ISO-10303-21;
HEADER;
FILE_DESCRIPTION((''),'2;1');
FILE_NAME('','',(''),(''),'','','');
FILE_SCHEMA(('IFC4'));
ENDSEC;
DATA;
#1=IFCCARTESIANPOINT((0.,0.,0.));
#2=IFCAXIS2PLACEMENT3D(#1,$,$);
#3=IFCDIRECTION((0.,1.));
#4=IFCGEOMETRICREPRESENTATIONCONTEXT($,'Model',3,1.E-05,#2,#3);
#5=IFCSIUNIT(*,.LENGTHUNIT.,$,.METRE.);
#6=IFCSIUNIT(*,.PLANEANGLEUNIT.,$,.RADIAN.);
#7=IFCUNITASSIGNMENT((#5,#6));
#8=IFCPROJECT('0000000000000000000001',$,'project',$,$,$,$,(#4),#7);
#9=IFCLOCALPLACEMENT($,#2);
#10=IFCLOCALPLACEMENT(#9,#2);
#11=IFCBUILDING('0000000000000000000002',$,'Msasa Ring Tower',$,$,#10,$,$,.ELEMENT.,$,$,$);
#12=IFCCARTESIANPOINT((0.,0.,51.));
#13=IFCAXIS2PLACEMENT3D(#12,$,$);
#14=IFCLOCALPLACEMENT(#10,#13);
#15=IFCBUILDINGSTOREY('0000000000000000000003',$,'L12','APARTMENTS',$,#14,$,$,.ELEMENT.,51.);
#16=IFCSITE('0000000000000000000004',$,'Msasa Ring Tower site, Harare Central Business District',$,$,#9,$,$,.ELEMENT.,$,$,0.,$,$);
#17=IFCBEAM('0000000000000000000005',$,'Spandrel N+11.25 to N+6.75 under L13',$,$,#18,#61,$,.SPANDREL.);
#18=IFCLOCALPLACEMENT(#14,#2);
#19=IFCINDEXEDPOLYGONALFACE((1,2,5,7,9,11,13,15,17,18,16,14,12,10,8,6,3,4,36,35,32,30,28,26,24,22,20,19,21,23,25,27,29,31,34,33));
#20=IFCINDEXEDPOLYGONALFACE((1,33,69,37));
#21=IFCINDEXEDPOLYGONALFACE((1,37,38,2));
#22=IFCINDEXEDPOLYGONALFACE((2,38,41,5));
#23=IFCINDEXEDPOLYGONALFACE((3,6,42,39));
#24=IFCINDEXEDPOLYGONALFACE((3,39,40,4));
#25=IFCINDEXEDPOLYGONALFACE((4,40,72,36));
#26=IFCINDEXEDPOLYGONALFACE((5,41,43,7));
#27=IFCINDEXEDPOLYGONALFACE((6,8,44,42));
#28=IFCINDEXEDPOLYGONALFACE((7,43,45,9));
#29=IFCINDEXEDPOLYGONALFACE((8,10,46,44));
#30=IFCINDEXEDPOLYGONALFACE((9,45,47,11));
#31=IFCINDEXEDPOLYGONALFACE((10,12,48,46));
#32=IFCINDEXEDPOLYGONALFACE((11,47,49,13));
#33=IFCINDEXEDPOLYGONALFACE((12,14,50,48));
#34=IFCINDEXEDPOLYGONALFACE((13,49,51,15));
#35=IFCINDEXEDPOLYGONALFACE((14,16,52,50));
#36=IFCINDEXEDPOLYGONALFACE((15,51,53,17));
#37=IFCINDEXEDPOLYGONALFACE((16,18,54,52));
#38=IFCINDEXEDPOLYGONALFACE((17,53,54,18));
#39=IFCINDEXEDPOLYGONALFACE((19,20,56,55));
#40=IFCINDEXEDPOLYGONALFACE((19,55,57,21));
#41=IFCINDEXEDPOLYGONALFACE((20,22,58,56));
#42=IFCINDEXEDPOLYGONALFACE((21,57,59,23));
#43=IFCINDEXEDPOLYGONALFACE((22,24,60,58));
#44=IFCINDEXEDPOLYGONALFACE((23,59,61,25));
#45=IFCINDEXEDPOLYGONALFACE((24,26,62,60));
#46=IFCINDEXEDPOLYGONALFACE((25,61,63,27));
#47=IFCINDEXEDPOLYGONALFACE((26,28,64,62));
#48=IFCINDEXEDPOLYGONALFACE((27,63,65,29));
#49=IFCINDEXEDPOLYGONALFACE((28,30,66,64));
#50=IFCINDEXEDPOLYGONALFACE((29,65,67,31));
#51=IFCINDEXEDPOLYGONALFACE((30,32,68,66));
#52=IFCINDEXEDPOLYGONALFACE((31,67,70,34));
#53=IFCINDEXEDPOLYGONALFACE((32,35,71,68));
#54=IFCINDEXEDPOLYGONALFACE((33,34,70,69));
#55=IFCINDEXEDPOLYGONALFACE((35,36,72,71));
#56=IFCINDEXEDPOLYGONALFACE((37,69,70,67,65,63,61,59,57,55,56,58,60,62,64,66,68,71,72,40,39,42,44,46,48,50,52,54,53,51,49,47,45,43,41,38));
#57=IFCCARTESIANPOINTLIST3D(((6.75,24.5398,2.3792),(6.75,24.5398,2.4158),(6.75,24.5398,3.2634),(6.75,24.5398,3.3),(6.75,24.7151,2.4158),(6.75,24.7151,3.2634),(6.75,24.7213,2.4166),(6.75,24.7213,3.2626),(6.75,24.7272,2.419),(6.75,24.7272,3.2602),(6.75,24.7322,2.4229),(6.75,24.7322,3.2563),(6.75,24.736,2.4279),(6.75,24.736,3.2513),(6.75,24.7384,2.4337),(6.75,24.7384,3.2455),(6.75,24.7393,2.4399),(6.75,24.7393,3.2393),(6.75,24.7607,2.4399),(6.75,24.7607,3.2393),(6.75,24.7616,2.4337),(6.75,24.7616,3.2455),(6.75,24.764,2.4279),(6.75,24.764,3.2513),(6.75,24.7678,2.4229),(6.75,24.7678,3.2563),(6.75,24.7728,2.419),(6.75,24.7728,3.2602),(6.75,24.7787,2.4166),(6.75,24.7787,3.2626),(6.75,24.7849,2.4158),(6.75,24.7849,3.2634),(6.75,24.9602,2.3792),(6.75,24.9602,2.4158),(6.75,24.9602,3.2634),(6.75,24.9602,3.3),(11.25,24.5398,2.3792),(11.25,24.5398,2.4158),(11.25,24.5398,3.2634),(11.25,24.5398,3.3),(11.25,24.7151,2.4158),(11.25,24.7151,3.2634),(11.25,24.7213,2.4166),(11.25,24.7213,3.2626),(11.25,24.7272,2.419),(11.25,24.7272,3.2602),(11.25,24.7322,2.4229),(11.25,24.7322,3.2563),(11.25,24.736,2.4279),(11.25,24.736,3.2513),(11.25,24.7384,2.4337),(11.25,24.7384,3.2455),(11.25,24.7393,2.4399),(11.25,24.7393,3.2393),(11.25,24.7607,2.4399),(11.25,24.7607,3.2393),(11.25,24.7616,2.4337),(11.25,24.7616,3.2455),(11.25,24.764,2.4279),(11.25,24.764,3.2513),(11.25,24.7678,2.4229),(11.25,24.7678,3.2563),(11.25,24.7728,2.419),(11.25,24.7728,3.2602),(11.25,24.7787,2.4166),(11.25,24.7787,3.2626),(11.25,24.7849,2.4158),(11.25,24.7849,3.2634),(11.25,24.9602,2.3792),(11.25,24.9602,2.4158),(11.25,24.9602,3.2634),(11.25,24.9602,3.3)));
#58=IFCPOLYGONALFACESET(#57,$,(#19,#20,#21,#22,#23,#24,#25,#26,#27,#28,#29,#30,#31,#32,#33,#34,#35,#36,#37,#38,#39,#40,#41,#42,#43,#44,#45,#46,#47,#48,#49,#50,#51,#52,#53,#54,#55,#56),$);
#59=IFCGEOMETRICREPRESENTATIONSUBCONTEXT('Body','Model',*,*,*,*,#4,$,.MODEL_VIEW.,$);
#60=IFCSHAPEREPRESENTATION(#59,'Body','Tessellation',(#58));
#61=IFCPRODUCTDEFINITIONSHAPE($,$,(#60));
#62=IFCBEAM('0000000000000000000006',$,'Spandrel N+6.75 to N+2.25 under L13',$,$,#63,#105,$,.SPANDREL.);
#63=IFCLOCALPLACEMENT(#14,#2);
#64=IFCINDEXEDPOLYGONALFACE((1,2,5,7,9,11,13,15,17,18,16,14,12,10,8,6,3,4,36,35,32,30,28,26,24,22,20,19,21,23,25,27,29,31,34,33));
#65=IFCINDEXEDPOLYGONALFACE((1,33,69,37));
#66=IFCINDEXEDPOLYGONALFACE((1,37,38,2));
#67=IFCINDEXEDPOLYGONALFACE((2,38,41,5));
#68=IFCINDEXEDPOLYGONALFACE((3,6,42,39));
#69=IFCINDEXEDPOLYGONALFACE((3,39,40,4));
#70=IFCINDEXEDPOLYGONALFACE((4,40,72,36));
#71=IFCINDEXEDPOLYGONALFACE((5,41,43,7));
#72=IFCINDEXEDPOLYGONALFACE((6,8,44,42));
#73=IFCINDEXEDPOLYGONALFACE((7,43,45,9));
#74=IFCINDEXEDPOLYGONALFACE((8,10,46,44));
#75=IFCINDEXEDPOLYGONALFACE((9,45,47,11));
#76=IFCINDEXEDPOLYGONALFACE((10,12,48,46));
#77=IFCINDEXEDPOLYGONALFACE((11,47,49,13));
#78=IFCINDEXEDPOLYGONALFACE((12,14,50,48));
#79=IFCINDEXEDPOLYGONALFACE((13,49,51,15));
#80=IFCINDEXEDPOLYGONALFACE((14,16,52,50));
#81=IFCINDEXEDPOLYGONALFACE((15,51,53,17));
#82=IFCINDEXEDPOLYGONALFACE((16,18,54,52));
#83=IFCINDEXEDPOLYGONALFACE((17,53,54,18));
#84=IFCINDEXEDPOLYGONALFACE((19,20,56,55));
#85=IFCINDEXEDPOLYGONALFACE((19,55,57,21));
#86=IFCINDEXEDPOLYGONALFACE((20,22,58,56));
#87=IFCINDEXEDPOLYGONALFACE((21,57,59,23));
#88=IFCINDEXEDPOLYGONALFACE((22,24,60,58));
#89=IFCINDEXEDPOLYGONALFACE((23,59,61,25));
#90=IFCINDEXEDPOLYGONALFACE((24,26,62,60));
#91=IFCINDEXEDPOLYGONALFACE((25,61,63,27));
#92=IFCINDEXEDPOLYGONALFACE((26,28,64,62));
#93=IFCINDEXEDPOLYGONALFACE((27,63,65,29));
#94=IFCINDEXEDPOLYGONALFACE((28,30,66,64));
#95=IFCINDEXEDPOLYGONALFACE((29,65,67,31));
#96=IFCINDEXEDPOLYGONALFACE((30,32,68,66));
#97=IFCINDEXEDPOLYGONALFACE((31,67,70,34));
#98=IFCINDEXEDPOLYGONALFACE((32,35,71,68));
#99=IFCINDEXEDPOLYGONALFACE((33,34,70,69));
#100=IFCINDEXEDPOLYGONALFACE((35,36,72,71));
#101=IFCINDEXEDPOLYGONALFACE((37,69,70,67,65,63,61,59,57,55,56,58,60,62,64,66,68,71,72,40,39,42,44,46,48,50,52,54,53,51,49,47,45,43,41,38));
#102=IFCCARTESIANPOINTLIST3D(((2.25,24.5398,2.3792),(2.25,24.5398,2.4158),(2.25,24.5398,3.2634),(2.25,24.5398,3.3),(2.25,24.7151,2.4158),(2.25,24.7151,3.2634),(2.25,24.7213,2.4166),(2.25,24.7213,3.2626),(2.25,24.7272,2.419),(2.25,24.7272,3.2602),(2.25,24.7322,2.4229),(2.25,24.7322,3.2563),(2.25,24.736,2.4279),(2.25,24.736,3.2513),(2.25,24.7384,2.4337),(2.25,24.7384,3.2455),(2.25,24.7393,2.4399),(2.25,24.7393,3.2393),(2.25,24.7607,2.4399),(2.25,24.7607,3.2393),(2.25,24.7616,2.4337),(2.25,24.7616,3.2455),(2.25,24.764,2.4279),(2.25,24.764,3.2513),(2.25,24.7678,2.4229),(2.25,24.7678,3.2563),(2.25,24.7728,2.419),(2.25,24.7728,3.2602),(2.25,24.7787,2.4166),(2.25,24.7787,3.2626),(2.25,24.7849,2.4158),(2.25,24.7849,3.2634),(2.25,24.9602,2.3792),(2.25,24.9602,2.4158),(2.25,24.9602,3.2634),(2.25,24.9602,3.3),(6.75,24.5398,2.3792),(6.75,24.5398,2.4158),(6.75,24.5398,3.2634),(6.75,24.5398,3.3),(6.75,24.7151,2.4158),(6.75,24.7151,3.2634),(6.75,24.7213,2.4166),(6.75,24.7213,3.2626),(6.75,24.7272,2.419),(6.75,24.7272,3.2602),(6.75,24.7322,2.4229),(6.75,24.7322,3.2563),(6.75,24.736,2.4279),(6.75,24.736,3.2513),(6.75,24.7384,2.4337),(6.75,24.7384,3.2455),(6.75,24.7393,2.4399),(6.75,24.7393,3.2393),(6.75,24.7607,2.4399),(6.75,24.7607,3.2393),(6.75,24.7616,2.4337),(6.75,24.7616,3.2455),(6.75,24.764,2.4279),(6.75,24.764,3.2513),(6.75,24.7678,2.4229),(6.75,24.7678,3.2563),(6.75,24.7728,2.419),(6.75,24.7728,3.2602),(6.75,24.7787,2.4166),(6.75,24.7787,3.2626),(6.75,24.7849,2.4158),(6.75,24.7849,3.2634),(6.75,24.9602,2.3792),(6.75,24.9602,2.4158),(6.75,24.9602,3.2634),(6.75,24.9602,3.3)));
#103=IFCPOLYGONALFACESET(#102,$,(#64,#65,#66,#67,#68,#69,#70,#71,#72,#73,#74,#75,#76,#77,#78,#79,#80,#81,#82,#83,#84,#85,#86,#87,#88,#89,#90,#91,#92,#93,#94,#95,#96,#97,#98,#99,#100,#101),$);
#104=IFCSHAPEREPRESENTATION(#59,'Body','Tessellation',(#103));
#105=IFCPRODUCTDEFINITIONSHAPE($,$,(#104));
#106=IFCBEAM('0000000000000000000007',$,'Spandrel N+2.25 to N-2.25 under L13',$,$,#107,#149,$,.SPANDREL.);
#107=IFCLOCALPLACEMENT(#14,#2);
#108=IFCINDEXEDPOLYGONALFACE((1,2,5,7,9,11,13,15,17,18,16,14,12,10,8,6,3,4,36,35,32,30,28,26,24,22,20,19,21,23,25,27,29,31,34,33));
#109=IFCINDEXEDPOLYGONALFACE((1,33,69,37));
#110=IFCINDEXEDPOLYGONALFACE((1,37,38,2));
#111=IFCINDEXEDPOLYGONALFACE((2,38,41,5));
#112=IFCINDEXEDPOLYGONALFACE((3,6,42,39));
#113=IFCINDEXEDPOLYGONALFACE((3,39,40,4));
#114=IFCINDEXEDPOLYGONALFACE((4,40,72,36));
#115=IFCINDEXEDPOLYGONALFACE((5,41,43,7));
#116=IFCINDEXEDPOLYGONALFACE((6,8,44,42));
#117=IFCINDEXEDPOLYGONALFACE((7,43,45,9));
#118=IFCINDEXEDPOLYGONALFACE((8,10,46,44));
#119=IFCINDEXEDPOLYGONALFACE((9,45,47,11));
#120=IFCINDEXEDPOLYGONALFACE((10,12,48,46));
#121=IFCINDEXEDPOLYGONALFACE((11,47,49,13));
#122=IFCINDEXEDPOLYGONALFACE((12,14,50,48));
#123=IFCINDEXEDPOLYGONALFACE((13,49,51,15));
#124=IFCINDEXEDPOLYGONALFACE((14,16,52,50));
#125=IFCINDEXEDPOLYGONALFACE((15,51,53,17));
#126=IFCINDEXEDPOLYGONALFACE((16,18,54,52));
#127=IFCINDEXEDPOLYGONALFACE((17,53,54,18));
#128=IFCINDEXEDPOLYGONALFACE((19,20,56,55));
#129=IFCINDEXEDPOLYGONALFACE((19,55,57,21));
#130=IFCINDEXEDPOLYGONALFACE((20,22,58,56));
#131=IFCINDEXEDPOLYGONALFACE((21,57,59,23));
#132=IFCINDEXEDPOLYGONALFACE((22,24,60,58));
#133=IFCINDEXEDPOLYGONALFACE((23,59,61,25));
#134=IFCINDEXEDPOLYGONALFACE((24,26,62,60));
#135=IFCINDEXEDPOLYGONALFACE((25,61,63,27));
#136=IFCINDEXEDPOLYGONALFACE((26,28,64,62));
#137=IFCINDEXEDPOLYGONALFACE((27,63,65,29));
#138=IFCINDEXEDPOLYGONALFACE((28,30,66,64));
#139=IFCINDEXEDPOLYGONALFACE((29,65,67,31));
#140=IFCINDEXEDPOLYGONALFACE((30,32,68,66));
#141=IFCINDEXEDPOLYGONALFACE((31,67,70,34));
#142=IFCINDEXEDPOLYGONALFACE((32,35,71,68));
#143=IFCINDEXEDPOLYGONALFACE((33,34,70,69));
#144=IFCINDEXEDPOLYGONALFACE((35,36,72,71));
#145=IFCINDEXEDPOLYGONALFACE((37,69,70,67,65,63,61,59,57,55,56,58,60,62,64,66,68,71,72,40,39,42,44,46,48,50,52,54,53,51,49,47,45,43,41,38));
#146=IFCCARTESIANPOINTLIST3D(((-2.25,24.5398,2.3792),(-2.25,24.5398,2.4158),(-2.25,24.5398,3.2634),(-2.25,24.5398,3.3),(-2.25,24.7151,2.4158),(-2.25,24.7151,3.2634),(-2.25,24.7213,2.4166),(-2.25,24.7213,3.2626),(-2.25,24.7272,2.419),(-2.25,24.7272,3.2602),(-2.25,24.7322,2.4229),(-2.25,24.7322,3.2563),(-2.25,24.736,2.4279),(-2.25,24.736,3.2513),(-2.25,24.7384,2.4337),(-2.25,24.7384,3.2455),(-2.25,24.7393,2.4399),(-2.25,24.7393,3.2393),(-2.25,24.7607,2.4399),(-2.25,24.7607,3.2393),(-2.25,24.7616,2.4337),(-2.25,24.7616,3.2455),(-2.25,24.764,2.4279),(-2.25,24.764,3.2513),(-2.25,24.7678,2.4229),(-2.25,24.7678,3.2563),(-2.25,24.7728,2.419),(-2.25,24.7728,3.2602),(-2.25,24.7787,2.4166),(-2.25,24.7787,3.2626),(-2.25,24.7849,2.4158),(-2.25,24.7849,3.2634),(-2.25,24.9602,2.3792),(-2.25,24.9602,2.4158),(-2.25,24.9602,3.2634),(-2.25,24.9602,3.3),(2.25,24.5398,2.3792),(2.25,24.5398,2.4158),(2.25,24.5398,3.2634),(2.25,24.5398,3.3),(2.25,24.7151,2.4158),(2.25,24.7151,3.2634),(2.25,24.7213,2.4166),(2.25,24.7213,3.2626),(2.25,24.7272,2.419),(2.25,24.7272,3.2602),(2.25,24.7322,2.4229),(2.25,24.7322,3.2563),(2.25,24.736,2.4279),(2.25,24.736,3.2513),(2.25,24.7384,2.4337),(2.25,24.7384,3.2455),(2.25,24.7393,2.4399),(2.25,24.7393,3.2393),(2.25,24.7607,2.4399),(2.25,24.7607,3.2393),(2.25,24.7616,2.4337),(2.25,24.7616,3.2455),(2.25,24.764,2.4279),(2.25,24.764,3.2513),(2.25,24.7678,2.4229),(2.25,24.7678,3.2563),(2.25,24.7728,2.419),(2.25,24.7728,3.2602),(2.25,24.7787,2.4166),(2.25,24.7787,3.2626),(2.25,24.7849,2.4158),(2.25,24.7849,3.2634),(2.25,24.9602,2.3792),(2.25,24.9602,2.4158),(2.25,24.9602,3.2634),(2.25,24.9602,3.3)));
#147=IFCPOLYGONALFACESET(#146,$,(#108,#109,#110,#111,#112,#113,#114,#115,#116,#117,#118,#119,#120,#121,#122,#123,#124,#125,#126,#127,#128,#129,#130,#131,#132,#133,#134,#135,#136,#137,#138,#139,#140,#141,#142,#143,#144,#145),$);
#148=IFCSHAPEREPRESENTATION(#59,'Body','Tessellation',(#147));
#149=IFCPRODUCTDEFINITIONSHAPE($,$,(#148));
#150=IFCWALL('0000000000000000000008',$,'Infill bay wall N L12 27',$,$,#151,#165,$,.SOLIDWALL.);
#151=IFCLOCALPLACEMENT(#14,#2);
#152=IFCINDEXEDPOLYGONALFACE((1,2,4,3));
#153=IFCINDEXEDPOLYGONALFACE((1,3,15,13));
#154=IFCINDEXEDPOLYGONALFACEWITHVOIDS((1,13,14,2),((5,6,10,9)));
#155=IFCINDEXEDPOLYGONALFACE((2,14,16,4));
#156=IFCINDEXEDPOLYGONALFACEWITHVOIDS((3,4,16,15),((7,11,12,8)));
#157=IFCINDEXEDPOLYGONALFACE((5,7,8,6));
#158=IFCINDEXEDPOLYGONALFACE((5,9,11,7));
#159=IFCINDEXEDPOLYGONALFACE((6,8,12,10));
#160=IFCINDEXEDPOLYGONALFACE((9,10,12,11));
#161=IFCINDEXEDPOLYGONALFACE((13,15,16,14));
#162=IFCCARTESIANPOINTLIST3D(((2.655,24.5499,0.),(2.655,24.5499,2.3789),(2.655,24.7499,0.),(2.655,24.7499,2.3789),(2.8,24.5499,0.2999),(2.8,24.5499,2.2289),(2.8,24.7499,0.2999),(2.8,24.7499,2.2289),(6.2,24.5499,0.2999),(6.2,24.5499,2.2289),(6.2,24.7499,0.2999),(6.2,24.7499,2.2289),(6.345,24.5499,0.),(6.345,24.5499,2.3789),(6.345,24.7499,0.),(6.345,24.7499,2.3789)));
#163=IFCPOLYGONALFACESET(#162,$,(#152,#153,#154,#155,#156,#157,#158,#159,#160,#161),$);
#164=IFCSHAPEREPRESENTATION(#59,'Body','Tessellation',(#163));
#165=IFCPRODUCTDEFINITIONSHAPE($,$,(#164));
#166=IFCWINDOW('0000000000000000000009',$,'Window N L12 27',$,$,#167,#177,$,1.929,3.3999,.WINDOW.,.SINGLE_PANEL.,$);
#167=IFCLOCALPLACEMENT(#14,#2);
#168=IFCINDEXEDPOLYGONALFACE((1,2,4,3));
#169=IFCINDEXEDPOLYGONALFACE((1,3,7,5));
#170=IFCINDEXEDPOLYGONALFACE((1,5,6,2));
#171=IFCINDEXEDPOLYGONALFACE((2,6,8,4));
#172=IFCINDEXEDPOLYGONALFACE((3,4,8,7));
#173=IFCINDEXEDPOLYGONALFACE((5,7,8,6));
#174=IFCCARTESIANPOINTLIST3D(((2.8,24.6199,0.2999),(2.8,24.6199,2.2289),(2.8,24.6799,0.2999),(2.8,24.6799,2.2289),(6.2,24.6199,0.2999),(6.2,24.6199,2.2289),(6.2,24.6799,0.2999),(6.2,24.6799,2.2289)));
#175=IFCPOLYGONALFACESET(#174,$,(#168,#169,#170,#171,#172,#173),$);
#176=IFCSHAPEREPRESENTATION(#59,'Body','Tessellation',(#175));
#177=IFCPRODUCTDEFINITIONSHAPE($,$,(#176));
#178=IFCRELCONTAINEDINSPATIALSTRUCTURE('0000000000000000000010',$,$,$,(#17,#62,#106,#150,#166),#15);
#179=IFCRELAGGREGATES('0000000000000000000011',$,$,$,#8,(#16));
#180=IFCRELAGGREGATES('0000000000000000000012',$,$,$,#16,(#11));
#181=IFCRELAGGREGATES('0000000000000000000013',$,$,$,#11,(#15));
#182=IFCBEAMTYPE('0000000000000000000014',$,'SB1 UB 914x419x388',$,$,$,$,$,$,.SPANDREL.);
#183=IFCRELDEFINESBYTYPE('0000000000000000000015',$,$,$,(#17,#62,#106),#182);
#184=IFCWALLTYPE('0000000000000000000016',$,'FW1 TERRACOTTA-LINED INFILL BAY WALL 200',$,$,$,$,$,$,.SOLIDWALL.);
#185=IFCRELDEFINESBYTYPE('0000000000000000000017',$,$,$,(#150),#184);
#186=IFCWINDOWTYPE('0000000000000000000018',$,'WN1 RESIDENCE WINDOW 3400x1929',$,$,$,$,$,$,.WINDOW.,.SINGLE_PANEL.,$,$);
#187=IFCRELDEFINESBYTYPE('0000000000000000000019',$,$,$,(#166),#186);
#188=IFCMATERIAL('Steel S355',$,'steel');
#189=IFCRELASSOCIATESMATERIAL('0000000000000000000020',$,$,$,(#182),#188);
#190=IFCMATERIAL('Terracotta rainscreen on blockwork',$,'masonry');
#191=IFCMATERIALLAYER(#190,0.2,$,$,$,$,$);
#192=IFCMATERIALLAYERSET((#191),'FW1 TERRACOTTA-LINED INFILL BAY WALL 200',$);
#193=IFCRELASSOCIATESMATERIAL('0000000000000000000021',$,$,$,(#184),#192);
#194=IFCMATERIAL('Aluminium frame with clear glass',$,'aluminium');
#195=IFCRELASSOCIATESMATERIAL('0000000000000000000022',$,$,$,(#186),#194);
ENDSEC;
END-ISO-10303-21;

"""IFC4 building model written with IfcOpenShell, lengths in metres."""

from ifc_helpers import new_model, si_unit, direction, frame, frame_2d, origin, origin_2d, place, context, subcontext, project, spatial, rectangle, i_section, extrude, material, layer, layer_set, material_profile, profile_set, type_object, element, fill, save


model = new_model("IFC4")

# Units and contexts
model_context = context("Model", 3, precision=1e-05, world=origin(), true_north=direction((0.0, 1.0)))
body_context = subcontext(model_context, "Body", "Model", "MODEL_VIEW")
ifc_project = project(units=[si_unit("LENGTHUNIT", "METRE"), si_unit("PLANEANGLEUNIT", "RADIAN")], contexts=[model_context])

# Site, building, storey
site_placement = place(None, origin())
site = spatial("IfcSite", under=ifc_project, at=site_placement, Name="Msasa Ring Tower site, Harare Central Business District", CompositionType="ELEMENT", RefElevation=0.0)
building_placement = place(site_placement, origin())
building = spatial("IfcBuilding", under=site, at=building_placement, Name="Msasa Ring Tower", CompositionType="ELEMENT")
storey_placement = place(building_placement, frame((0.0, 0.0, 51.0)))
storey = spatial("IfcBuildingStorey", under=building, at=storey_placement, Name="L12", Description="APARTMENTS", CompositionType="ELEMENT", Elevation=51.0)

# Beams
ifc_material_1 = material(Name="Steel S355", Category="steel")
ifc_material_profile_1 = material_profile(ifc_material_1, i_section(OverallWidth=0.4204, OverallDepth=0.9209, WebThickness=0.0215, FlangeThickness=0.0366, FilletRadius=0.0242, at=origin_2d()), Name="UB 914x419x388")
ifc_profile_set_1 = profile_set([ifc_material_profile_1], Name="Steel S355")
beam_type_1 = type_object("IfcBeamType", Name="SB1 UB 914x419x388", PredefinedType="SPANDREL", material=ifc_profile_set_1)
for number, where, z_axis, x_axis, name in (
    (1, (11.25, 24.75, 2.8396), (-1.0, 0.0, 0.0), (0.0, -1.0, 0.0), "Spandrel N+11.25 to N+6.75 under L13"),
    (2, (6.75, 24.75, 2.8396), (-1.0, 0.0, 0.0), (0.0, -1.0, 0.0), "Spandrel N+6.75 to N+2.25 under L13"),
    (3, (2.25, 24.75, 2.8396), (-1.0, 0.0, 0.0), (0.0, -1.0, 0.0), "Spandrel N+2.25 to N-2.25 under L13"),
):
    element("IfcBeam", number, at=place(storey_placement, frame(where, z_axis=z_axis, x_axis=x_axis)), inside=storey, type_object=beam_type_1, Name=name, PredefinedType="SPANDREL", context=body_context, shape_type="SweptSolid", body=[
        extrude(i_section(OverallWidth=0.4204, OverallDepth=0.9209, WebThickness=0.0215, FlangeThickness=0.0366, FilletRadius=0.0242, at=origin_2d()), origin(), (0.0, 0.0, 1.0), 4.5),
    ])

# Wall, opening, window
ifc_material_2 = material(Name="Terracotta rainscreen on blockwork", Category="masonry")
ifc_layer_1 = layer(ifc_material_2, 0.2)
ifc_layer_set_1 = layer_set([ifc_layer_1], Name="FW1 TERRACOTTA-LINED INFILL BAY WALL 200")
wall_type_1 = type_object("IfcWallType", Name="FW1 TERRACOTTA-LINED INFILL BAY WALL 200", PredefinedType="SOLIDWALL", material=ifc_layer_set_1)
wall_1_placement = place(storey_placement, frame((2.655, 24.6499, 0.0), z_axis=(0.0, 0.0, 1.0), x_axis=(1.0, 0.0, 0.0)))
wall_1 = element("IfcWall", 4, at=wall_1_placement, inside=storey, type_object=wall_type_1, Name="Infill bay wall N L12 27", PredefinedType="SOLIDWALL", context=body_context, shape_type="SweptSolid", body=[
    extrude(rectangle(XDim=3.6899, YDim=0.2, at=frame_2d((1.845, 0.0))), origin(), (0.0, 0.0, 1.0), 2.3789),
])
opening_1_placement = place(wall_1_placement, frame((0.145, 0.0, 0.3)))
opening_1 = element("IfcOpeningElement", 5, at=opening_1_placement, cuts=wall_1, PredefinedType="OPENING", context=body_context, shape_type="SweptSolid", body=[
    extrude(rectangle(XDim=3.3999, YDim=1.929, at=frame_2d((1.7, 0.9644))), frame((0.0, 0.1099, 0.0), z_axis=(0.0, -1.0, 0.0), x_axis=(1.0, 0.0, 0.0)), (0.0, 0.0, 1.0), 0.22),
])
ifc_material_3 = material(Name="Aluminium frame with clear glass", Category="aluminium")
window_type = type_object("IfcWindowType", Name="WN1 RESIDENCE WINDOW 3400x1929", PartitioningType="SINGLE_PANEL", PredefinedType="WINDOW", material=ifc_material_3)
window_1_placement = place(opening_1_placement, origin())
window_1 = element("IfcWindow", 6, at=window_1_placement, inside=storey, type_object=window_type, Name="Window N L12 27", OverallHeight=1.929, OverallWidth=3.3999, PartitioningType="SINGLE_PANEL", PredefinedType="WINDOW", context=body_context, shape_type="SweptSolid", body=[
    extrude(rectangle(XDim=3.3999, YDim=1.929, at=frame_2d((1.7, 0.9644))), frame((0.0, 0.03, 0.0), z_axis=(0.0, -1.0, 0.0), x_axis=(1.0, 0.0, 0.0)), (0.0, 0.0, 1.0), 0.0601),
])
fill(opening_1, window_1)

save(model, "model.ifc")
